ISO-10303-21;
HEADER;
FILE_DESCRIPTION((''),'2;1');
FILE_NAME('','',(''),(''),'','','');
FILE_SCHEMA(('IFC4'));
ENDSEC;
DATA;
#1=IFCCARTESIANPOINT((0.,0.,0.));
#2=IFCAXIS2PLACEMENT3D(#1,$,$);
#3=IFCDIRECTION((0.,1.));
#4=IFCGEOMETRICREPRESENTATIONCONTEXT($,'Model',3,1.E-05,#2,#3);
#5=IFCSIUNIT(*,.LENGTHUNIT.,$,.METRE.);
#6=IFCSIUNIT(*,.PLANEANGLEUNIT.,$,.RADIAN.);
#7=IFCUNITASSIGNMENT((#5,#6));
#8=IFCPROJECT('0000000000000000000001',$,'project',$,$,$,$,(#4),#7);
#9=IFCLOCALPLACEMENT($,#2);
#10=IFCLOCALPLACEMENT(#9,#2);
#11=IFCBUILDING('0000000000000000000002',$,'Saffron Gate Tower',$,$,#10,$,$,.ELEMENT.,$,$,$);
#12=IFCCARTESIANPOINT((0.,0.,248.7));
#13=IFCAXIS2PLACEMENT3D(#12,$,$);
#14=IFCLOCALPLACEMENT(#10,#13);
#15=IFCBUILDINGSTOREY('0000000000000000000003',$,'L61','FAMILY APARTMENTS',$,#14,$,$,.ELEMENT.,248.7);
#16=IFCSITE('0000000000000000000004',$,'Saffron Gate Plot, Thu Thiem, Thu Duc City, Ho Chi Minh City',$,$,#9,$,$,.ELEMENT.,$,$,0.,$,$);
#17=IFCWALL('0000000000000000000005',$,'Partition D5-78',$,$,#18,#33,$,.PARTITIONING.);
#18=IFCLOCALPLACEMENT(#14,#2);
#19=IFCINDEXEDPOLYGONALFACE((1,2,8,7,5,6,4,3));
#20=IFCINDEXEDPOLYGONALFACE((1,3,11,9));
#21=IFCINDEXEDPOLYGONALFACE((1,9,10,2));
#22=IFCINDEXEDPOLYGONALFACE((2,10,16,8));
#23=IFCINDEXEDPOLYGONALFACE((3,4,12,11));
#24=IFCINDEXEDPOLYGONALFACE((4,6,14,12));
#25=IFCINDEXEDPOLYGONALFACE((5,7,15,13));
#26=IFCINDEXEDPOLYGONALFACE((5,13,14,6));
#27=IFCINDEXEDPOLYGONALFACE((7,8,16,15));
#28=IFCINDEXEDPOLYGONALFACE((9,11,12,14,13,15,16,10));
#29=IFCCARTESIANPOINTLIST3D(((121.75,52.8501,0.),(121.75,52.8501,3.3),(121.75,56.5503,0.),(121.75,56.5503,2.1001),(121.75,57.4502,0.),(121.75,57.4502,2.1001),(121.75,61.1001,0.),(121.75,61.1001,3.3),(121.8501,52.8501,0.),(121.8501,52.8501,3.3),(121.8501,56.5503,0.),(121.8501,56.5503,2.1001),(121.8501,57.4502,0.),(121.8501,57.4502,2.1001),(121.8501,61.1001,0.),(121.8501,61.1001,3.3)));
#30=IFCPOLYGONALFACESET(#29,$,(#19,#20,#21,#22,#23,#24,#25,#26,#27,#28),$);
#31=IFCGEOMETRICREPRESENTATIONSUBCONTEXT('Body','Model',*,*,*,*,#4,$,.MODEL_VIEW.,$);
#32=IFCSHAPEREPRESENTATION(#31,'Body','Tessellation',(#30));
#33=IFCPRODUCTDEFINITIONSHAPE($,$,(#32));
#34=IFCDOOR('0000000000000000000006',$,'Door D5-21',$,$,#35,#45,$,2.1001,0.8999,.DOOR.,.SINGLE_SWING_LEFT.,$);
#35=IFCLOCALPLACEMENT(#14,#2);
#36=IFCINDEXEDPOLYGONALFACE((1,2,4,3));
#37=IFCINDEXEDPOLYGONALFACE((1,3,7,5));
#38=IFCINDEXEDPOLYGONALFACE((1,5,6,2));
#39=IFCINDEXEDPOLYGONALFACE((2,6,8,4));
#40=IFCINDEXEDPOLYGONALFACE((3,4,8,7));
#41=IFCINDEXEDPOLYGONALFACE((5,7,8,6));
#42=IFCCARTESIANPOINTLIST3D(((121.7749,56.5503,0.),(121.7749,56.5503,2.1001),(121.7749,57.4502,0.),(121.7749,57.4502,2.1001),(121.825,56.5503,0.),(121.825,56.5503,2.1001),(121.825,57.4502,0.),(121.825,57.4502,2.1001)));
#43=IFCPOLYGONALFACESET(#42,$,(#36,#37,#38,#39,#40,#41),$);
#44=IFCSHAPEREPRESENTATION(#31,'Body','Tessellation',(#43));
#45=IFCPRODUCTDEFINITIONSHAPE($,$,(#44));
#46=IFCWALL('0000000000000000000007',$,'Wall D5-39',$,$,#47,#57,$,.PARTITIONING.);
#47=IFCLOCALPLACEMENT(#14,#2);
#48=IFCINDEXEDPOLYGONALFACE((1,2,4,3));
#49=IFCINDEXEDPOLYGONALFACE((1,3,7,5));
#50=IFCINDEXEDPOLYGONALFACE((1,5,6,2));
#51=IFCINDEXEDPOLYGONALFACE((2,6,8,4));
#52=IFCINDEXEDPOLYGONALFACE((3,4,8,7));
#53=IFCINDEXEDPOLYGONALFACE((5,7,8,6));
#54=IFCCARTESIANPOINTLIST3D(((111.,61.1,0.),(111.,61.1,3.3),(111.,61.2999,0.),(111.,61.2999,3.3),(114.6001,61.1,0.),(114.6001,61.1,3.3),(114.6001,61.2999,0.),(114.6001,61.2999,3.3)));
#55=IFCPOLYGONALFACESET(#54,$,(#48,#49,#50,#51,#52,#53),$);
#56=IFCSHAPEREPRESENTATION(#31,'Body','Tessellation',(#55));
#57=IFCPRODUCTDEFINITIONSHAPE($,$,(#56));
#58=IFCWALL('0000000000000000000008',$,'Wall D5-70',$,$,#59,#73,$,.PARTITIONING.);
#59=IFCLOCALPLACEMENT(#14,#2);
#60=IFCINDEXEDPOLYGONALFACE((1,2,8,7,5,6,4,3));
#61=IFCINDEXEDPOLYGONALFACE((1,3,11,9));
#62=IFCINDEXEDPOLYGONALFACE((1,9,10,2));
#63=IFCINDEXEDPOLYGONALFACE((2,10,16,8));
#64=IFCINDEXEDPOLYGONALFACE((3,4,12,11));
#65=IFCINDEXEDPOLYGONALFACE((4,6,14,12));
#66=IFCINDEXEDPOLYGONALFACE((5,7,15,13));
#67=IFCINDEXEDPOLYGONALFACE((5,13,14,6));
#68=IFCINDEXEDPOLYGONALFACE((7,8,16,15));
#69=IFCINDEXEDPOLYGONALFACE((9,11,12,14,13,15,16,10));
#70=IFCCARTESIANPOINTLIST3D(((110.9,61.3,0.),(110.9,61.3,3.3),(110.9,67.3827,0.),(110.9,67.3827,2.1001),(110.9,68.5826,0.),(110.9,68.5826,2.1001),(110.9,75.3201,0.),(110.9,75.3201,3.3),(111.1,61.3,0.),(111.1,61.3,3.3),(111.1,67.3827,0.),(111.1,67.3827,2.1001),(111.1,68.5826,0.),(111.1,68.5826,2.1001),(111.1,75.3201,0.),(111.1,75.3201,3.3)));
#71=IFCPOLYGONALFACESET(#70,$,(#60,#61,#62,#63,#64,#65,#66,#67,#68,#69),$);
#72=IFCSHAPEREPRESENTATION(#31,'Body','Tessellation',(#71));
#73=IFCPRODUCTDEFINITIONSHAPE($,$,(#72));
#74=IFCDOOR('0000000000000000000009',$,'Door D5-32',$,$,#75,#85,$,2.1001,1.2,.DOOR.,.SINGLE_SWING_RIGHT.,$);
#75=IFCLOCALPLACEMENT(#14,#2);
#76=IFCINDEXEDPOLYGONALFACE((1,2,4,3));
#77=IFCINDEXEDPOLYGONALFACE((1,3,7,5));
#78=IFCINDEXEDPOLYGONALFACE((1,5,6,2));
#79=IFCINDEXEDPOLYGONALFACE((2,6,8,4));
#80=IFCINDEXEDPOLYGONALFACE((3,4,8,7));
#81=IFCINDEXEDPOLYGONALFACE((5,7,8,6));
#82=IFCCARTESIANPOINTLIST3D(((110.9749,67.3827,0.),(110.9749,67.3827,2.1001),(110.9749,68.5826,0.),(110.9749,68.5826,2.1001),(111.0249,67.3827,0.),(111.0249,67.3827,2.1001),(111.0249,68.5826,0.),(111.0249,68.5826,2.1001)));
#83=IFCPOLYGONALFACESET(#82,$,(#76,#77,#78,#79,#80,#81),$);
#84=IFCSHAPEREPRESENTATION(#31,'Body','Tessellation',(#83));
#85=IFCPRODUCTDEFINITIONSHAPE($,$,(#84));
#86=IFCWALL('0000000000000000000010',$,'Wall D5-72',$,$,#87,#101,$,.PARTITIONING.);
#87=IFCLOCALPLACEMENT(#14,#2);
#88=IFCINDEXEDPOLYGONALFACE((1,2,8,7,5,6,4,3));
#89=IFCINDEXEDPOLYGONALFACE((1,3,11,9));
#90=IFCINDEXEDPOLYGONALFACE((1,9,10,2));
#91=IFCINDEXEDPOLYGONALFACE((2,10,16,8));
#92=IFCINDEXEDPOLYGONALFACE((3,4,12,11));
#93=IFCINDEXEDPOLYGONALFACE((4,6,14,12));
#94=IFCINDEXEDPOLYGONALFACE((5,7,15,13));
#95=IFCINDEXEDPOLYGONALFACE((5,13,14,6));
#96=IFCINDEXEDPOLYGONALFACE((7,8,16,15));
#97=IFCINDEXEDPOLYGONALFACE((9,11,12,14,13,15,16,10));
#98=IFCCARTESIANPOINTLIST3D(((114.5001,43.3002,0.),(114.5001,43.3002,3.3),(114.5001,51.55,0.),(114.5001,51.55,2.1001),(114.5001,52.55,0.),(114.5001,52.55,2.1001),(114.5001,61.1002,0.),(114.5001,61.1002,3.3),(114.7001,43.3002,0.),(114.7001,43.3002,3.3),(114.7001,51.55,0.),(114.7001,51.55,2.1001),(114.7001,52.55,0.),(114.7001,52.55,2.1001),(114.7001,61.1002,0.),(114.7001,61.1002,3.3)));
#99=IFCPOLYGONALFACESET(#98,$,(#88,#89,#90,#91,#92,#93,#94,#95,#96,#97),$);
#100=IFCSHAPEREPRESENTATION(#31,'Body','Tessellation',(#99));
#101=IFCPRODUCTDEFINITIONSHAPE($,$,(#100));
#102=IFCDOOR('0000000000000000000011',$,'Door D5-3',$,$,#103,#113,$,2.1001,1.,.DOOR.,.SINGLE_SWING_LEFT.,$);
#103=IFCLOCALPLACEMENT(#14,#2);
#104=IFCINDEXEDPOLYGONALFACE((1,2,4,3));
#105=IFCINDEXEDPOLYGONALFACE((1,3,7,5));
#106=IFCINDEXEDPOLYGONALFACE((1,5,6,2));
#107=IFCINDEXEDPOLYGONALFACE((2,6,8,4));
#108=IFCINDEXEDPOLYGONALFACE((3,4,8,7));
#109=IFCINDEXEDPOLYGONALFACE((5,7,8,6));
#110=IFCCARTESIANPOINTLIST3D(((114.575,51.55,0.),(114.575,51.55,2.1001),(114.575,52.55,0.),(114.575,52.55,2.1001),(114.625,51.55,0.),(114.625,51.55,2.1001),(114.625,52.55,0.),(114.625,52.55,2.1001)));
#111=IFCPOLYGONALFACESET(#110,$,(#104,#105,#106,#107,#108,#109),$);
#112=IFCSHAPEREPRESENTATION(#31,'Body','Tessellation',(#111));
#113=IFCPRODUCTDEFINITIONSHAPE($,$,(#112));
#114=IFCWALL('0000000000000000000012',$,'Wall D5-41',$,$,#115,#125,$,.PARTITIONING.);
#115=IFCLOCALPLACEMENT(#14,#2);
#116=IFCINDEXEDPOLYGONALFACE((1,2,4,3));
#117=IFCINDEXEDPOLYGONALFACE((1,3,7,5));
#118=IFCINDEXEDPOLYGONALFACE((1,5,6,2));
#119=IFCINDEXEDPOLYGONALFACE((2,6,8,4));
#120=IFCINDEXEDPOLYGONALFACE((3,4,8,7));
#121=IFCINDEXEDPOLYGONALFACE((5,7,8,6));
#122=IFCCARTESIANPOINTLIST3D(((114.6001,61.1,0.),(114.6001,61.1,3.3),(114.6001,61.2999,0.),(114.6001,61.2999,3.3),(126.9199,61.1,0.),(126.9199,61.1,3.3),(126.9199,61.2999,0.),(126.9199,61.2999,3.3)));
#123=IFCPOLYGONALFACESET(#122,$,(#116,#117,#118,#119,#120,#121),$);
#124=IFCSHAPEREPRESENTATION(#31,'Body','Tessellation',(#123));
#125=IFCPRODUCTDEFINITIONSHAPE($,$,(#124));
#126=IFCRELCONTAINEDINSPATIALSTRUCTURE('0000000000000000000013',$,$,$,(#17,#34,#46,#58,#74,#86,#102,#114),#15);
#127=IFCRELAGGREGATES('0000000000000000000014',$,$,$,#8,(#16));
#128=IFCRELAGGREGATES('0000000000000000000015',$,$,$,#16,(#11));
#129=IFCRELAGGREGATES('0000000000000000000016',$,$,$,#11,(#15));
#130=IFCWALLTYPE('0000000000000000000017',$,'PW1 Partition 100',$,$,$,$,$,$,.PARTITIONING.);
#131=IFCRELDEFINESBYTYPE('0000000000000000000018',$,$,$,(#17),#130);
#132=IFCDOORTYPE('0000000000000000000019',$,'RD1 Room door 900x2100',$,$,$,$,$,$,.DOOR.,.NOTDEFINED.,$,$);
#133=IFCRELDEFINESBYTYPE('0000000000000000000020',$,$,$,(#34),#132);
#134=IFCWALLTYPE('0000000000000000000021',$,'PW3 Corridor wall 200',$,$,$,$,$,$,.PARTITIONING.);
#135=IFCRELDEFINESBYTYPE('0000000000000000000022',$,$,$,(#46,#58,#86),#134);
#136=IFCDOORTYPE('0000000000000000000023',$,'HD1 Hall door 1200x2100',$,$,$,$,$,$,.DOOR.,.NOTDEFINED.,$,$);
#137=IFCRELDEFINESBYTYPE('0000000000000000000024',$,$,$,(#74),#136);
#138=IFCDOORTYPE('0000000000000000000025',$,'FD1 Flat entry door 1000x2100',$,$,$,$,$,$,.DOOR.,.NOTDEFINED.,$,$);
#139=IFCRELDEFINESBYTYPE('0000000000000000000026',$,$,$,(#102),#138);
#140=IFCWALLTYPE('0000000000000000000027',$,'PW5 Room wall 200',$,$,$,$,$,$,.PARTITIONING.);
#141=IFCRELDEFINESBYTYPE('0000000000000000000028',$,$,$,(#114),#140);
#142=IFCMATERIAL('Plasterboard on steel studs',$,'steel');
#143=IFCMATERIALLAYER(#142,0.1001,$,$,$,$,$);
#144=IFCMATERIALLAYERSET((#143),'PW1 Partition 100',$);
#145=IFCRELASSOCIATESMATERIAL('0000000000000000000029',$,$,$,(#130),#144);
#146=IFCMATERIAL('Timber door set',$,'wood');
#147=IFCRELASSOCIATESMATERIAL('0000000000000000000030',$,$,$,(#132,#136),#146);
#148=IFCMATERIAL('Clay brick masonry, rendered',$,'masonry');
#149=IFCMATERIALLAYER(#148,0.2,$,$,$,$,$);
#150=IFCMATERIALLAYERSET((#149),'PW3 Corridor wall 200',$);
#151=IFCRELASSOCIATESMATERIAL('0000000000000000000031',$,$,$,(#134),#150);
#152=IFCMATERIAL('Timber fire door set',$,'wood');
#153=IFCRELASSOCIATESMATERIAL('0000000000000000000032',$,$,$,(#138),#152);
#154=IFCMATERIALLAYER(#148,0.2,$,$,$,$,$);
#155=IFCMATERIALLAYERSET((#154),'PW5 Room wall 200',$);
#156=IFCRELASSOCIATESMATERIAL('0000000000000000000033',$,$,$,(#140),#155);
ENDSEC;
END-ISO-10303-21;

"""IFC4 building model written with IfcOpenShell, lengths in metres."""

from ifc_helpers import new_model, si_unit, direction, frame, frame_2d, origin, place, context, subcontext, project, spatial, rectangle, extrude, material, layer, layer_set, type_object, element, fill, save


model = new_model("IFC4")

# Units and contexts
model_context = context("Model", 3, precision=1e-05, world=origin(), true_north=direction((0.0, 1.0)))
body_context = subcontext(model_context, "Body", "Model", "MODEL_VIEW")
ifc_project = project(units=[si_unit("LENGTHUNIT", "METRE"), si_unit("PLANEANGLEUNIT", "RADIAN")], contexts=[model_context])

# Site, building, storey
site_placement = place(None, origin())
site = spatial("IfcSite", under=ifc_project, at=site_placement, Name="Saffron Gate Plot, Thu Thiem, Thu Duc City, Ho Chi Minh City", CompositionType="ELEMENT", RefElevation=0.0)
building_placement = place(site_placement, origin())
building = spatial("IfcBuilding", under=site, at=building_placement, Name="Saffron Gate Tower", CompositionType="ELEMENT")
storey_placement = place(building_placement, frame((0.0, 0.0, 248.7)))
storey = spatial("IfcBuildingStorey", under=building, at=storey_placement, Name="L61", Description="FAMILY APARTMENTS", CompositionType="ELEMENT", Elevation=248.7)

# Wall, opening, door
ifc_material_1 = material(Name="Plasterboard on steel studs", Category="steel")
ifc_layer_1 = layer(ifc_material_1, 0.1001)
ifc_layer_set_1 = layer_set([ifc_layer_1], Name="PW1 Partition 100")
wall_type_1 = type_object("IfcWallType", Name="PW1 Partition 100", PredefinedType="PARTITIONING", material=ifc_layer_set_1)
wall_1_placement = place(storey_placement, frame((121.8, 61.1001, 0.0), z_axis=(0.0, 0.0, 1.0), x_axis=(0.0, -1.0, 0.0)))
wall_1 = element("IfcWall", 1, at=wall_1_placement, inside=storey, type_object=wall_type_1, Name="Partition D5-78", PredefinedType="PARTITIONING", context=body_context, shape_type="SweptSolid", body=[
    extrude(rectangle(XDim=8.25, YDim=0.1001, at=frame_2d((4.125, 0.0))), origin(), (0.0, 0.0, 1.0), 3.3),
])
opening_1_placement = place(wall_1_placement, frame((3.6499, 0.0, 0.0)))
opening_1 = element("IfcOpeningElement", 2, at=opening_1_placement, cuts=wall_1, PredefinedType="OPENING", context=body_context, shape_type="SweptSolid", body=[
    extrude(rectangle(XDim=0.8999, YDim=2.1001, at=frame_2d((0.45, 1.05))), frame((0.0, 0.0601, 0.0), z_axis=(0.0, -1.0, 0.0), x_axis=(1.0, 0.0, 0.0)), (0.0, 0.0, 1.0), 0.1201),
])
ifc_material_2 = material(Name="Timber door set", Category="wood")
door_type_1 = type_object("IfcDoorType", Name="RD1 Room door 900x2100", OperationType="NOTDEFINED", PredefinedType="DOOR", material=ifc_material_2)
door_1_placement = place(opening_1_placement, origin())
door_1 = element("IfcDoor", 3, at=door_1_placement, inside=storey, type_object=door_type_1, Name="Door D5-21", OperationType="SINGLE_SWING_LEFT", OverallHeight=2.1001, OverallWidth=0.8999, PredefinedType="DOOR", context=body_context, shape_type="SweptSolid", body=[
    extrude(rectangle(XDim=0.8999, YDim=2.1001, at=frame_2d((0.45, 1.05))), frame((0.0, 0.0249, 0.0), z_axis=(0.0, -1.0, 0.0), x_axis=(1.0, 0.0, 0.0)), (0.0, 0.0, 1.0), 0.05),
])
fill(opening_1, door_1)

# Wall
ifc_material_3 = material(Name="Clay brick masonry, rendered", Category="masonry")
ifc_layer_2 = layer(ifc_material_3, 0.2)
ifc_layer_set_2 = layer_set([ifc_layer_2], Name="PW3 Corridor wall 200")
wall_type_2 = type_object("IfcWallType", Name="PW3 Corridor wall 200", PredefinedType="PARTITIONING", material=ifc_layer_set_2)
wall_2_placement = place(storey_placement, frame((111.0, 61.2, 0.0), z_axis=(0.0, 0.0, 1.0), x_axis=(1.0, 0.0, 0.0)))
element("IfcWall", 4, at=wall_2_placement, inside=storey, type_object=wall_type_2, Name="Wall D5-39", PredefinedType="PARTITIONING", context=body_context, shape_type="SweptSolid", body=[
    extrude(rectangle(XDim=3.6001, YDim=0.2, at=frame_2d((1.8, 0.0))), origin(), (0.0, 0.0, 1.0), 3.3),
])

# Walls, openings, doors
wall_3_placement = place(storey_placement, frame((111.0, 75.3201, 0.0), z_axis=(0.0, 0.0, 1.0), x_axis=(0.0, -1.0, 0.0)))
wall_3 = element("IfcWall", 5, at=wall_3_placement, inside=storey, type_object=wall_type_2, Name="Wall D5-70", PredefinedType="PARTITIONING", context=body_context, shape_type="SweptSolid", body=[
    extrude(rectangle(XDim=14.02, YDim=0.2, at=frame_2d((7.01, 0.0))), origin(), (0.0, 0.0, 1.0), 3.3),
])
opening_2_placement = place(wall_3_placement, frame((6.7373, 0.0, 0.0)))
opening_2 = element("IfcOpeningElement", 6, at=opening_2_placement, cuts=wall_3, PredefinedType="OPENING", context=body_context, shape_type="SweptSolid", body=[
    extrude(rectangle(XDim=1.2, YDim=2.1001, at=frame_2d((0.6001, 1.05))), frame((0.0, 0.1099, 0.0), z_axis=(0.0, -1.0, 0.0), x_axis=(1.0, 0.0, 0.0)), (0.0, 0.0, 1.0), 0.22),
])
door_type_2 = type_object("IfcDoorType", Name="HD1 Hall door 1200x2100", OperationType="NOTDEFINED", PredefinedType="DOOR", material=ifc_material_2)
door_2_placement = place(opening_2_placement, origin())
door_2 = element("IfcDoor", 7, at=door_2_placement, inside=storey, type_object=door_type_2, Name="Door D5-32", OperationType="SINGLE_SWING_RIGHT", OverallHeight=2.1001, OverallWidth=1.2, PredefinedType="DOOR", context=body_context, shape_type="SweptSolid", body=[
    extrude(rectangle(XDim=1.2, YDim=2.1001, at=frame_2d((0.6001, 1.05))), frame((0.0, 0.0249, 0.0), z_axis=(0.0, -1.0, 0.0), x_axis=(1.0, 0.0, 0.0)), (0.0, 0.0, 1.0), 0.05),
])
fill(opening_2, door_2)
wall_4_placement = place(storey_placement, frame((114.6001, 61.1001, 0.0), z_axis=(0.0, 0.0, 1.0), x_axis=(0.0, -1.0, 0.0)))
wall_4 = element("IfcWall", 8, at=wall_4_placement, inside=storey, type_object=wall_type_2, Name="Wall D5-72", PredefinedType="PARTITIONING", context=body_context, shape_type="SweptSolid", body=[
    extrude(rectangle(XDim=17.8, YDim=0.2, at=frame_2d((8.8999, 0.0))), origin(), (0.0, 0.0, 1.0), 3.3),
])
opening_3_placement = place(wall_4_placement, frame((8.55, 0.0, 0.0)))
opening_3 = element("IfcOpeningElement", 9, at=opening_3_placement, cuts=wall_4, PredefinedType="OPENING", context=body_context, shape_type="SweptSolid", body=[
    extrude(rectangle(XDim=1.0, YDim=2.1001, at=frame_2d((0.5, 1.05))), frame((0.0, 0.1099, 0.0), z_axis=(0.0, -1.0, 0.0), x_axis=(1.0, 0.0, 0.0)), (0.0, 0.0, 1.0), 0.22),
])
ifc_material_4 = material(Name="Timber fire door set", Category="wood")
door_type_3 = type_object("IfcDoorType", Name="FD1 Flat entry door 1000x2100", OperationType="NOTDEFINED", PredefinedType="DOOR", material=ifc_material_4)
door_3_placement = place(opening_3_placement, origin())
door_3 = element("IfcDoor", 10, at=door_3_placement, inside=storey, type_object=door_type_3, Name="Door D5-3", OperationType="SINGLE_SWING_LEFT", OverallHeight=2.1001, OverallWidth=1.0, PredefinedType="DOOR", context=body_context, shape_type="SweptSolid", body=[
    extrude(rectangle(XDim=1.0, YDim=2.1001, at=frame_2d((0.5, 1.05))), frame((0.0, 0.0249, 0.0), z_axis=(0.0, -1.0, 0.0), x_axis=(1.0, 0.0, 0.0)), (0.0, 0.0, 1.0), 0.05),
])
fill(opening_3, door_3)

# Wall
ifc_layer_3 = layer(ifc_material_3, 0.2)
ifc_layer_set_3 = layer_set([ifc_layer_3], Name="PW5 Room wall 200")
wall_type_3 = type_object("IfcWallType", Name="PW5 Room wall 200", PredefinedType="PARTITIONING", material=ifc_layer_set_3)
wall_5_placement = place(storey_placement, frame((114.6001, 61.2, 0.0), z_axis=(0.0, 0.0, 1.0), x_axis=(1.0, 0.0, 0.0)))
element("IfcWall", 11, at=wall_5_placement, inside=storey, type_object=wall_type_3, Name="Wall D5-41", PredefinedType="PARTITIONING", context=body_context, shape_type="SweptSolid", body=[
    extrude(rectangle(XDim=12.3198, YDim=0.2, at=frame_2d((6.1599, 0.0))), origin(), (0.0, 0.0, 1.0), 3.3),
])

save(model, "model.ifc")
